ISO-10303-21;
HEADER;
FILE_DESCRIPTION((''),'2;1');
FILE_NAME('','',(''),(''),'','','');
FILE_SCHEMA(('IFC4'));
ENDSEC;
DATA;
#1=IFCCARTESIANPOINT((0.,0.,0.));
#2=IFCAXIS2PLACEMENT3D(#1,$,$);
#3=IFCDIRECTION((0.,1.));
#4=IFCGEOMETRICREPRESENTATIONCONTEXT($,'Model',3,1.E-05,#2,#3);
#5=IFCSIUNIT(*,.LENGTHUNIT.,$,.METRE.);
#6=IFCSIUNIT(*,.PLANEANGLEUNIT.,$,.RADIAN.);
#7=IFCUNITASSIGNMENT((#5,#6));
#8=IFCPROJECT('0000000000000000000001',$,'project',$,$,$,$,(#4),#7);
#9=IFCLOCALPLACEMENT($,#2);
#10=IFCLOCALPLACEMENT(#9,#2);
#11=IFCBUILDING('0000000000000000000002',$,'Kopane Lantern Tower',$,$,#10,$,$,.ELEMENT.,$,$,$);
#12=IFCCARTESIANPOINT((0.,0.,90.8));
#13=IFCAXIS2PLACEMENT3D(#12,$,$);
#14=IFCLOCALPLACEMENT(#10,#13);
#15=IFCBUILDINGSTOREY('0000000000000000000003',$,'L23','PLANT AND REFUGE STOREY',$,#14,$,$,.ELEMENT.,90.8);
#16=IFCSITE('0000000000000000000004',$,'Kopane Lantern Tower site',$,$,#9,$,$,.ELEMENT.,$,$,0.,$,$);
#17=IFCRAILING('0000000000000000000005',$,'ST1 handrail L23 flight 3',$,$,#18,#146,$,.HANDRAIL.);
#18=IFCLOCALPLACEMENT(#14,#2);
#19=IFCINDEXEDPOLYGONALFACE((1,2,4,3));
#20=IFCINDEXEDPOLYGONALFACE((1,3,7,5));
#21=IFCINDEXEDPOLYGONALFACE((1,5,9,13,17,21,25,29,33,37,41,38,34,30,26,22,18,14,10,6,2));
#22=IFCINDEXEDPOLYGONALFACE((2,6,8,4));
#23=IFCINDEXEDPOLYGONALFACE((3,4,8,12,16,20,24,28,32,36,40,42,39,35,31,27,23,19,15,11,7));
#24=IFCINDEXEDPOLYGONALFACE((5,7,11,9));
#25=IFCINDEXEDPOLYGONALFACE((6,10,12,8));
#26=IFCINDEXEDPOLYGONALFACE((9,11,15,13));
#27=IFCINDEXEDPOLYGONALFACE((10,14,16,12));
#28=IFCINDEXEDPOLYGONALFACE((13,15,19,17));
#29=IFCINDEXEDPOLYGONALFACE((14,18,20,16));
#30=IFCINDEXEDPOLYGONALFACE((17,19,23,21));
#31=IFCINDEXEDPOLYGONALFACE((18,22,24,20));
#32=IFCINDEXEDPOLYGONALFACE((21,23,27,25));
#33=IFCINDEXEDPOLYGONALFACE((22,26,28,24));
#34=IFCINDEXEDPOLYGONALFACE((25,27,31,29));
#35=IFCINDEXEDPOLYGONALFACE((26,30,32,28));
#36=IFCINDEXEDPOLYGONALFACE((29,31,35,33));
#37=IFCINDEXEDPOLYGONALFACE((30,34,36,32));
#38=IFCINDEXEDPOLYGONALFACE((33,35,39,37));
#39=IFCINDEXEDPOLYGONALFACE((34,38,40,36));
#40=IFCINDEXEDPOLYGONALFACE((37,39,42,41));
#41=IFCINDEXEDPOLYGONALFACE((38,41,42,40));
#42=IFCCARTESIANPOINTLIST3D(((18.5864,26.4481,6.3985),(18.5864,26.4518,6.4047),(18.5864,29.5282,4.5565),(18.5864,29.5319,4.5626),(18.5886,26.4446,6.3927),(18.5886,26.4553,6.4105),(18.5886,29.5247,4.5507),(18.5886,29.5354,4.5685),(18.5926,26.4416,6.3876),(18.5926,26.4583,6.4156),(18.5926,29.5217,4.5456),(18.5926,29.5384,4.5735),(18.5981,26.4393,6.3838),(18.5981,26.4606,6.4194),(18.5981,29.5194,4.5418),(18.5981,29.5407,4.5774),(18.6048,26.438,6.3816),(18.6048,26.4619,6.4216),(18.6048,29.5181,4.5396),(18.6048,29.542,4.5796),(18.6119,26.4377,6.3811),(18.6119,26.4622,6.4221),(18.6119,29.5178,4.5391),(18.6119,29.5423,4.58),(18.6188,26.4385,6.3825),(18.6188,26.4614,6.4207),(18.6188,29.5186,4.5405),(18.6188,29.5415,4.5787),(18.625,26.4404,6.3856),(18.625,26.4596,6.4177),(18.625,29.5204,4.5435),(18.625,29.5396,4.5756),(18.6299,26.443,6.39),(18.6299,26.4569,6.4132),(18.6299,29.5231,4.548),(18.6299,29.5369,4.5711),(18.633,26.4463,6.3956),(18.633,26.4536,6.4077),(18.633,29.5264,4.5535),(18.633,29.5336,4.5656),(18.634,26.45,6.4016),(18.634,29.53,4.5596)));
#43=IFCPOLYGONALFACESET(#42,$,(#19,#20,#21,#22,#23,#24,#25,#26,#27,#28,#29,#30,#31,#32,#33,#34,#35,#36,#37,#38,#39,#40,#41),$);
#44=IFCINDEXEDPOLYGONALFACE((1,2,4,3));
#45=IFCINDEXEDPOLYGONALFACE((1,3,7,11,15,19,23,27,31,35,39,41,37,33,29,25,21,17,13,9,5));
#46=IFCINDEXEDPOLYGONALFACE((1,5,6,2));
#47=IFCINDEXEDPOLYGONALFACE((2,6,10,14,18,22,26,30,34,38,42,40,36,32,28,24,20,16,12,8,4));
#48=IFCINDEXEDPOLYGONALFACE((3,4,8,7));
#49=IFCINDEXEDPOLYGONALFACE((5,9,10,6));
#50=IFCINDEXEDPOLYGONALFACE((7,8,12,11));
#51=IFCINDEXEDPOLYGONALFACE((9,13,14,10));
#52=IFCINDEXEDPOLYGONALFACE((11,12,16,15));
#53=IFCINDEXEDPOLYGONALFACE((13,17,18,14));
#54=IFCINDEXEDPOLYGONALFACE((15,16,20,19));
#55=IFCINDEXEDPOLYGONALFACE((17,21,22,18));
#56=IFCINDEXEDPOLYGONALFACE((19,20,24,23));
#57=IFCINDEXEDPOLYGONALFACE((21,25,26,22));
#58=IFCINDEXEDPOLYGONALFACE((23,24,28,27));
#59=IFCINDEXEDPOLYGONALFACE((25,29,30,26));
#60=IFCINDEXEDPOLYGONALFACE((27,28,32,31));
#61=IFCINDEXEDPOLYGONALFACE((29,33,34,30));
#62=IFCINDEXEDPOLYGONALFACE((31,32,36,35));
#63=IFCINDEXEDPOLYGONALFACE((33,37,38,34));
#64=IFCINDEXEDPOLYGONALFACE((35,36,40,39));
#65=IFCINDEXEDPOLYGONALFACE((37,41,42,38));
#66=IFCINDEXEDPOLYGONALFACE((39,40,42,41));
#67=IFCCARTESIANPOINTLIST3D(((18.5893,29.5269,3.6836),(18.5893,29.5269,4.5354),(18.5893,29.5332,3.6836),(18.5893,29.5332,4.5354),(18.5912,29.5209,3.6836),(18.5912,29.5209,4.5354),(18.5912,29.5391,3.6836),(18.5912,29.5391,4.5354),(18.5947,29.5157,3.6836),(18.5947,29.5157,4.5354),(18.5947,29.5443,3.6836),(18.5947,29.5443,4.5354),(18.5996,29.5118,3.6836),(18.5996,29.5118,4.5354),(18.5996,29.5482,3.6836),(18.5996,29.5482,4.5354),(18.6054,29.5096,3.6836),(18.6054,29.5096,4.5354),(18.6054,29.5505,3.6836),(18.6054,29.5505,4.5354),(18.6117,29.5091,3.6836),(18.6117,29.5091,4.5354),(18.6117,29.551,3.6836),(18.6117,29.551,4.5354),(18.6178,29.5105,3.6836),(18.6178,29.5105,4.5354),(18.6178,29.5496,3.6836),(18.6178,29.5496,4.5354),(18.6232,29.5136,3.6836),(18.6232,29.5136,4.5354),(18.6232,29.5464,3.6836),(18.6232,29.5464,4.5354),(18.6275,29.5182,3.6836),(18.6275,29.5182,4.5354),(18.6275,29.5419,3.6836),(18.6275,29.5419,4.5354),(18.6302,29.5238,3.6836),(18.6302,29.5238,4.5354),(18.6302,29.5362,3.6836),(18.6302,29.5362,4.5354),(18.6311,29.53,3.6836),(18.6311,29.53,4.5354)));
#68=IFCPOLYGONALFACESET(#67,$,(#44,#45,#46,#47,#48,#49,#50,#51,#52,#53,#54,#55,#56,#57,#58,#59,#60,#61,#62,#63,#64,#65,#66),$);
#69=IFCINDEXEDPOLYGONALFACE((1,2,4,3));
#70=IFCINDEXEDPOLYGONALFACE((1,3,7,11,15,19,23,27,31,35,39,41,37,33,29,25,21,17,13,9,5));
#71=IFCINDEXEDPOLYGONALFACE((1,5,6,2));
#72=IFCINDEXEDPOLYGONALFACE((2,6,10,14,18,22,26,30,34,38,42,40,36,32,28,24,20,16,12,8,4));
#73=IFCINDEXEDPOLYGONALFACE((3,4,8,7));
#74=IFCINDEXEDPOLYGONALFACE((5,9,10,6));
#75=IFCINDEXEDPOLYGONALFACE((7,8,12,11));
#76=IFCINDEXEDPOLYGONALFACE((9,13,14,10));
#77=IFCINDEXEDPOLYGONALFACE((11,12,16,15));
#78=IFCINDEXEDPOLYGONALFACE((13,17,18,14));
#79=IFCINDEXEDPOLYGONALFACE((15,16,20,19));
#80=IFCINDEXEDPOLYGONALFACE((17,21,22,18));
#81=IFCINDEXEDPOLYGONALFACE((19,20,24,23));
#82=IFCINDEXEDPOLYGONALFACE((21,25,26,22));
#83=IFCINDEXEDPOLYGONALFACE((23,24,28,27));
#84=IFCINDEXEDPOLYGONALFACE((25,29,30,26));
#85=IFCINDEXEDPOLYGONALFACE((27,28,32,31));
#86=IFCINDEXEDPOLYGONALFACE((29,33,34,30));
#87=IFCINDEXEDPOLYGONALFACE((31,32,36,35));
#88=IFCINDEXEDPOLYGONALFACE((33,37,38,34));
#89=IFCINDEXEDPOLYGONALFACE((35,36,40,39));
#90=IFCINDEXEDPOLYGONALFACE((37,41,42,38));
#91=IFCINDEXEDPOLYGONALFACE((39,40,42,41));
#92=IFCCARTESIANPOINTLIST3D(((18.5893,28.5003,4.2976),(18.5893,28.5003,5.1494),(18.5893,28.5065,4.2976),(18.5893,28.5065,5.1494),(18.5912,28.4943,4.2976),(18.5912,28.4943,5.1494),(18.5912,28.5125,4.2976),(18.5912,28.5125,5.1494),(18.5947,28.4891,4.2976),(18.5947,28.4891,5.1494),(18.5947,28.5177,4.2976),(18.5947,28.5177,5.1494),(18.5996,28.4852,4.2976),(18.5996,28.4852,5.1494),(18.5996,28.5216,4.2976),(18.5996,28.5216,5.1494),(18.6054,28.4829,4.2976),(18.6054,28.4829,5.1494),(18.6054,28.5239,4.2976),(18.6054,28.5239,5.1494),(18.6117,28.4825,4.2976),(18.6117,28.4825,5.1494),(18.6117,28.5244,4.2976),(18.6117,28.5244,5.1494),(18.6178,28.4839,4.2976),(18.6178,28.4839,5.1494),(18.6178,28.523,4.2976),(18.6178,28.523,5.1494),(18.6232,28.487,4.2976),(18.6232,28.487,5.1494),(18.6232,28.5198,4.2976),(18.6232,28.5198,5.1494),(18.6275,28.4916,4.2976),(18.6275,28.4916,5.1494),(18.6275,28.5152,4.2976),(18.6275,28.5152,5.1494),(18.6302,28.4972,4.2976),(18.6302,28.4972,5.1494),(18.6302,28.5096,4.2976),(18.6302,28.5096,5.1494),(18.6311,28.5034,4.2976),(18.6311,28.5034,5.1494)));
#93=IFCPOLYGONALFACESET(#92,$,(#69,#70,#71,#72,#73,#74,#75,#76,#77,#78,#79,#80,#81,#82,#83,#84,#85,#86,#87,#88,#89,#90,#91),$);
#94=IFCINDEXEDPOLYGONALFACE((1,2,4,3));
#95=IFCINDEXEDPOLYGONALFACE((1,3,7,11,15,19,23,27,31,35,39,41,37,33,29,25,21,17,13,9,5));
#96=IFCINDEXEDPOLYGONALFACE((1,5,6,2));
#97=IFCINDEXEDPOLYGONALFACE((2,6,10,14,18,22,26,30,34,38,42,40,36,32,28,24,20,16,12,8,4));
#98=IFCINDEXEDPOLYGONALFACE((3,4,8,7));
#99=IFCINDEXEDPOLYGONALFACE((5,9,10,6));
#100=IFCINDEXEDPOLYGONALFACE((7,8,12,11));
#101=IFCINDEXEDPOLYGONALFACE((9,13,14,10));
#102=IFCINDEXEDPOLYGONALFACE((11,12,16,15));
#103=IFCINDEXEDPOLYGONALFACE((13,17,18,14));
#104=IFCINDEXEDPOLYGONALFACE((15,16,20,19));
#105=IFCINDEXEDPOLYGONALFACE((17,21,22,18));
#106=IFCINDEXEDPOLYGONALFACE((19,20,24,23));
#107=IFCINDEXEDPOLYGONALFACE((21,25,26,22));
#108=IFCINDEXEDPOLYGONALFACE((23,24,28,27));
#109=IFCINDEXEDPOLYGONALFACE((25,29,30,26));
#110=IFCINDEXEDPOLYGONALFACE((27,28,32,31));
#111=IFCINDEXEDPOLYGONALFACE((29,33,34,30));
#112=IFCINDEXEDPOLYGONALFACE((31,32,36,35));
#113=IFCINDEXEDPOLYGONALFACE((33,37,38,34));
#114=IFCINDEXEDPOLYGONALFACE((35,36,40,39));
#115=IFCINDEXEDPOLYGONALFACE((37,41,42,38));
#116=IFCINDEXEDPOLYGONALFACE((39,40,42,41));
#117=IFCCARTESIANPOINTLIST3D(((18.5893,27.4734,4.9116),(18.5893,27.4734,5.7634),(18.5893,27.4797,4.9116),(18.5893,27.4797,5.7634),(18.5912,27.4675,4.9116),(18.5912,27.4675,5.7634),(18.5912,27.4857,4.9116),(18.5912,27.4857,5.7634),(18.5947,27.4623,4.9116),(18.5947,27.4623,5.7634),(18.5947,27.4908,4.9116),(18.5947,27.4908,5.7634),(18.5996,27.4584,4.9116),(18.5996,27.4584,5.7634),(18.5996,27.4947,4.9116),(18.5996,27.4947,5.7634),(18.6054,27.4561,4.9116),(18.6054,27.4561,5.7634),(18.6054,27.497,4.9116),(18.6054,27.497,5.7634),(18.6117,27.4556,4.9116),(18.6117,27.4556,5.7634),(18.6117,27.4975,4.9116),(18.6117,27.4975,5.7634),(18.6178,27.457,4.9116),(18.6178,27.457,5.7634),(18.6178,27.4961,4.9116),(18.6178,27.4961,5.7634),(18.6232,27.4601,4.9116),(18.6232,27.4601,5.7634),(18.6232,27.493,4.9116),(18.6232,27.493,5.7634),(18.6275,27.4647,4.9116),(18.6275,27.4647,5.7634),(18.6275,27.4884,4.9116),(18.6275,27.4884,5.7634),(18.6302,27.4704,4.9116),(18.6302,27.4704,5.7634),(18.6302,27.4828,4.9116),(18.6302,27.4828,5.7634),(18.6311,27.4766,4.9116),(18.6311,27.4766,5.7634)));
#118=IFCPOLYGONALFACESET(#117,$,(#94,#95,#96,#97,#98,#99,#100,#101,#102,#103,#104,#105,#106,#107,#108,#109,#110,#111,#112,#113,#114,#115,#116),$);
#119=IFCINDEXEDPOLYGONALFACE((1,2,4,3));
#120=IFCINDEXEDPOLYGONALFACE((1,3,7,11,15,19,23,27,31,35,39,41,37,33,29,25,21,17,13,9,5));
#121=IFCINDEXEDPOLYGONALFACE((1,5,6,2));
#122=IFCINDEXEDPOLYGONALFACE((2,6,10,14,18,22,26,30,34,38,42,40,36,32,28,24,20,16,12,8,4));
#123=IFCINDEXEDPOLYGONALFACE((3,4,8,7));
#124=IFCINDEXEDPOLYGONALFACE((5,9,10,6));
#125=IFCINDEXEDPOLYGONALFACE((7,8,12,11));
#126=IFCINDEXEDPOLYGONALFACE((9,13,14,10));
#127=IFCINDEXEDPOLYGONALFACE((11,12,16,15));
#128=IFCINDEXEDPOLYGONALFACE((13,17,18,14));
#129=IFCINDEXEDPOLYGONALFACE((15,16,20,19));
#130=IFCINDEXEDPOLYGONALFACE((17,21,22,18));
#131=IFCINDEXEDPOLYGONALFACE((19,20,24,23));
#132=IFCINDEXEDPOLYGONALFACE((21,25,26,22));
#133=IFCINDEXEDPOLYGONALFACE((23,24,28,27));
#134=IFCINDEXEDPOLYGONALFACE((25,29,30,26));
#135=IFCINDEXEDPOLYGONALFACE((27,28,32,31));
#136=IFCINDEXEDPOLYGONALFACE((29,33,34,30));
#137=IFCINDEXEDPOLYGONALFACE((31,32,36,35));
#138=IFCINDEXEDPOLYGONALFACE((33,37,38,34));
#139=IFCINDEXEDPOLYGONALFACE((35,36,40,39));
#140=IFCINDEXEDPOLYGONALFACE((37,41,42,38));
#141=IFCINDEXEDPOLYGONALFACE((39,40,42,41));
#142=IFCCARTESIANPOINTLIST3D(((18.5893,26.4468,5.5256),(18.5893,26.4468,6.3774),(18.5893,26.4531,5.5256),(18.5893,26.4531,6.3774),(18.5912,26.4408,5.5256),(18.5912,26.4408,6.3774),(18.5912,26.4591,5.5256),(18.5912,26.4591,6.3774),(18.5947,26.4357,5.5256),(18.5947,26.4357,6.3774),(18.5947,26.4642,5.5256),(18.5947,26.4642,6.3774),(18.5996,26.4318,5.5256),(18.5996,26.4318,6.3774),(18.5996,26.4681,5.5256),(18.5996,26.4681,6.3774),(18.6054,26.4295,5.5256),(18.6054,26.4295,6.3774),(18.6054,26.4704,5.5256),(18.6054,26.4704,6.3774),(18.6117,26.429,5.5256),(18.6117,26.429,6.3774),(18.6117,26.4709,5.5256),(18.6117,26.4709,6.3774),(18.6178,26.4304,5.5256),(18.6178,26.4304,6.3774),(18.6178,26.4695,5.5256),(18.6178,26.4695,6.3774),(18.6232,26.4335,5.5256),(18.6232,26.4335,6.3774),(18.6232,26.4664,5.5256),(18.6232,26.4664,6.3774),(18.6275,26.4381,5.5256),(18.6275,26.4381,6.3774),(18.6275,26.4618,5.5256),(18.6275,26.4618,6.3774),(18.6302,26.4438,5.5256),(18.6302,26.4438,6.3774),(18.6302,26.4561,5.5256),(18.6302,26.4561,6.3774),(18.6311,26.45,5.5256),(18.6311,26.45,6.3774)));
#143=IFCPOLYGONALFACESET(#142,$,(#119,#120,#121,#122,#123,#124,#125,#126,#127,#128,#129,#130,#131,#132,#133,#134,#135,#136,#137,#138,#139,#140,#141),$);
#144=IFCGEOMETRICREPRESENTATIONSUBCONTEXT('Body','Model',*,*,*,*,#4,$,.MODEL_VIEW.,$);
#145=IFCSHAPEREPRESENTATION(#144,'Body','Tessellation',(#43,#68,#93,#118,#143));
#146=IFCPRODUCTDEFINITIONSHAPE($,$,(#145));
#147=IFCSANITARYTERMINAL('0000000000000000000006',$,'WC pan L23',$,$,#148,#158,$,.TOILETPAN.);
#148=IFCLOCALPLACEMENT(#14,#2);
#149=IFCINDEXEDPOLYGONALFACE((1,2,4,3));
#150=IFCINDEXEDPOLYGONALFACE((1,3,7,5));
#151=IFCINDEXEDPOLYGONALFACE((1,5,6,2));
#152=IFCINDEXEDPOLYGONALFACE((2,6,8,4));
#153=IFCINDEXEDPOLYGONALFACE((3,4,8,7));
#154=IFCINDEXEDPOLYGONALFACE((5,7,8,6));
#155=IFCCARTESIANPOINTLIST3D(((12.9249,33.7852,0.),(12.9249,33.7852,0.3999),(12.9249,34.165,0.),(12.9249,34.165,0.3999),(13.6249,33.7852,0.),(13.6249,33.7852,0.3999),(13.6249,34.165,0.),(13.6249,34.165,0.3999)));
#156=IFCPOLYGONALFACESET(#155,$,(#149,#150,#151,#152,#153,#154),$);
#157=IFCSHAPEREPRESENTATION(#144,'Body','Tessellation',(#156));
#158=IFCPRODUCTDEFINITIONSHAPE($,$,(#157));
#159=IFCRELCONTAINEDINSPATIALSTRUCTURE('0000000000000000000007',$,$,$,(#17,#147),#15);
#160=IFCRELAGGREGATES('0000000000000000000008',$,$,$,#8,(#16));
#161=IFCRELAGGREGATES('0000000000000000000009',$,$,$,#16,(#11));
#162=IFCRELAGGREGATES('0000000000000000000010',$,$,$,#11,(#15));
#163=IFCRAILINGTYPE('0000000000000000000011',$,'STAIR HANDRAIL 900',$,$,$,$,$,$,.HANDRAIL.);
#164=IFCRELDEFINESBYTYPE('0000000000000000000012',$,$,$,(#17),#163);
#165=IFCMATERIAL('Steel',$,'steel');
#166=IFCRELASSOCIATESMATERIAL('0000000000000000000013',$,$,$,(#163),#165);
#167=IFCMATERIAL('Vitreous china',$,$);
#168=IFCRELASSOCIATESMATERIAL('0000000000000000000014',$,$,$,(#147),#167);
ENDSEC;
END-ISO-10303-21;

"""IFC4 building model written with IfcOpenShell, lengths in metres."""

from ifc_helpers import new_model, si_unit, direction, frame, origin, origin_2d, place, context, subcontext, project, spatial, rectangle, circle, extrude, material, type_object, element, save


model = new_model("IFC4")

# Units and contexts
model_context = context("Model", 3, precision=1e-05, world=origin(), true_north=direction((0.0, 1.0)))
body_context = subcontext(model_context, "Body", "Model", "MODEL_VIEW")
ifc_project = project(units=[si_unit("LENGTHUNIT", "METRE"), si_unit("PLANEANGLEUNIT", "RADIAN")], contexts=[model_context])

# Site, building, storey
site_placement = place(None, origin())
site = spatial("IfcSite", under=ifc_project, at=site_placement, Name="Kopane Lantern Tower site", CompositionType="ELEMENT", RefElevation=0.0)
building_placement = place(site_placement, origin())
building = spatial("IfcBuilding", under=site, at=building_placement, Name="Kopane Lantern Tower", CompositionType="ELEMENT")
storey_placement = place(building_placement, frame((0.0, 0.0, 90.8)))
storey = spatial("IfcBuildingStorey", under=building, at=storey_placement, Name="L23", Description="PLANT AND REFUGE STOREY", CompositionType="ELEMENT", Elevation=90.8)

# Railing
ifc_material_1 = material(Name="Steel", Category="steel")
railing_type_1 = type_object("IfcRailingType", Name="STAIR HANDRAIL 900", PredefinedType="HANDRAIL", material=ifc_material_1)
for number, where, name in (
    (1, (18.6101, 29.53, 3.6836), "ST1 handrail L23 flight 3"),
):
    element("IfcRailing", number, at=place(storey_placement, frame(where)), inside=storey, type_object=railing_type_1, Name=name, PredefinedType="HANDRAIL", context=body_context, shape_type="SweptSolid", body=[
        extrude(circle(Radius=0.0239, at=origin_2d()), frame((0.0, 0.0, 0.876), z_axis=(0.0, -0.85823, 0.513265), x_axis=(1.0, 0.0, 0.0)), (0.0, 0.0, 1.0), 3.5889),
        extrude(circle(Radius=0.021, at=origin_2d()), origin(), (0.0, 0.0, 1.0), 0.8518),
        extrude(circle(Radius=0.021, at=origin_2d()), frame((0.0, -1.0266, 0.614)), (0.0, 0.0, 1.0), 0.8518),
        extrude(circle(Radius=0.021, at=origin_2d()), frame((0.0, -2.0535, 1.228)), (0.0, 0.0, 1.0), 0.8518),
        extrude(circle(Radius=0.021, at=origin_2d()), frame((0.0, -3.0801, 1.842)), (0.0, 0.0, 1.0), 0.8518),
    ])

# Sanitary terminal
ifc_material_2 = material(Name="Vitreous china")
sanitary_terminal_placement = place(storey_placement, frame((13.2749, 33.9751, 0.0), z_axis=(0.0, 0.0, 1.0), x_axis=(1.0, 0.0, 0.0)))
element("IfcSanitaryTerminal", 2, at=sanitary_terminal_placement, inside=storey, material=ifc_material_2, Name="WC pan L23", PredefinedType="TOILETPAN", context=body_context, shape_type="SweptSolid", body=[
    extrude(rectangle(XDim=0.7, YDim=0.3799, at=origin_2d()), origin(), (0.0, 0.0, 1.0), 0.3999),
])

save(model, "model.ifc")
